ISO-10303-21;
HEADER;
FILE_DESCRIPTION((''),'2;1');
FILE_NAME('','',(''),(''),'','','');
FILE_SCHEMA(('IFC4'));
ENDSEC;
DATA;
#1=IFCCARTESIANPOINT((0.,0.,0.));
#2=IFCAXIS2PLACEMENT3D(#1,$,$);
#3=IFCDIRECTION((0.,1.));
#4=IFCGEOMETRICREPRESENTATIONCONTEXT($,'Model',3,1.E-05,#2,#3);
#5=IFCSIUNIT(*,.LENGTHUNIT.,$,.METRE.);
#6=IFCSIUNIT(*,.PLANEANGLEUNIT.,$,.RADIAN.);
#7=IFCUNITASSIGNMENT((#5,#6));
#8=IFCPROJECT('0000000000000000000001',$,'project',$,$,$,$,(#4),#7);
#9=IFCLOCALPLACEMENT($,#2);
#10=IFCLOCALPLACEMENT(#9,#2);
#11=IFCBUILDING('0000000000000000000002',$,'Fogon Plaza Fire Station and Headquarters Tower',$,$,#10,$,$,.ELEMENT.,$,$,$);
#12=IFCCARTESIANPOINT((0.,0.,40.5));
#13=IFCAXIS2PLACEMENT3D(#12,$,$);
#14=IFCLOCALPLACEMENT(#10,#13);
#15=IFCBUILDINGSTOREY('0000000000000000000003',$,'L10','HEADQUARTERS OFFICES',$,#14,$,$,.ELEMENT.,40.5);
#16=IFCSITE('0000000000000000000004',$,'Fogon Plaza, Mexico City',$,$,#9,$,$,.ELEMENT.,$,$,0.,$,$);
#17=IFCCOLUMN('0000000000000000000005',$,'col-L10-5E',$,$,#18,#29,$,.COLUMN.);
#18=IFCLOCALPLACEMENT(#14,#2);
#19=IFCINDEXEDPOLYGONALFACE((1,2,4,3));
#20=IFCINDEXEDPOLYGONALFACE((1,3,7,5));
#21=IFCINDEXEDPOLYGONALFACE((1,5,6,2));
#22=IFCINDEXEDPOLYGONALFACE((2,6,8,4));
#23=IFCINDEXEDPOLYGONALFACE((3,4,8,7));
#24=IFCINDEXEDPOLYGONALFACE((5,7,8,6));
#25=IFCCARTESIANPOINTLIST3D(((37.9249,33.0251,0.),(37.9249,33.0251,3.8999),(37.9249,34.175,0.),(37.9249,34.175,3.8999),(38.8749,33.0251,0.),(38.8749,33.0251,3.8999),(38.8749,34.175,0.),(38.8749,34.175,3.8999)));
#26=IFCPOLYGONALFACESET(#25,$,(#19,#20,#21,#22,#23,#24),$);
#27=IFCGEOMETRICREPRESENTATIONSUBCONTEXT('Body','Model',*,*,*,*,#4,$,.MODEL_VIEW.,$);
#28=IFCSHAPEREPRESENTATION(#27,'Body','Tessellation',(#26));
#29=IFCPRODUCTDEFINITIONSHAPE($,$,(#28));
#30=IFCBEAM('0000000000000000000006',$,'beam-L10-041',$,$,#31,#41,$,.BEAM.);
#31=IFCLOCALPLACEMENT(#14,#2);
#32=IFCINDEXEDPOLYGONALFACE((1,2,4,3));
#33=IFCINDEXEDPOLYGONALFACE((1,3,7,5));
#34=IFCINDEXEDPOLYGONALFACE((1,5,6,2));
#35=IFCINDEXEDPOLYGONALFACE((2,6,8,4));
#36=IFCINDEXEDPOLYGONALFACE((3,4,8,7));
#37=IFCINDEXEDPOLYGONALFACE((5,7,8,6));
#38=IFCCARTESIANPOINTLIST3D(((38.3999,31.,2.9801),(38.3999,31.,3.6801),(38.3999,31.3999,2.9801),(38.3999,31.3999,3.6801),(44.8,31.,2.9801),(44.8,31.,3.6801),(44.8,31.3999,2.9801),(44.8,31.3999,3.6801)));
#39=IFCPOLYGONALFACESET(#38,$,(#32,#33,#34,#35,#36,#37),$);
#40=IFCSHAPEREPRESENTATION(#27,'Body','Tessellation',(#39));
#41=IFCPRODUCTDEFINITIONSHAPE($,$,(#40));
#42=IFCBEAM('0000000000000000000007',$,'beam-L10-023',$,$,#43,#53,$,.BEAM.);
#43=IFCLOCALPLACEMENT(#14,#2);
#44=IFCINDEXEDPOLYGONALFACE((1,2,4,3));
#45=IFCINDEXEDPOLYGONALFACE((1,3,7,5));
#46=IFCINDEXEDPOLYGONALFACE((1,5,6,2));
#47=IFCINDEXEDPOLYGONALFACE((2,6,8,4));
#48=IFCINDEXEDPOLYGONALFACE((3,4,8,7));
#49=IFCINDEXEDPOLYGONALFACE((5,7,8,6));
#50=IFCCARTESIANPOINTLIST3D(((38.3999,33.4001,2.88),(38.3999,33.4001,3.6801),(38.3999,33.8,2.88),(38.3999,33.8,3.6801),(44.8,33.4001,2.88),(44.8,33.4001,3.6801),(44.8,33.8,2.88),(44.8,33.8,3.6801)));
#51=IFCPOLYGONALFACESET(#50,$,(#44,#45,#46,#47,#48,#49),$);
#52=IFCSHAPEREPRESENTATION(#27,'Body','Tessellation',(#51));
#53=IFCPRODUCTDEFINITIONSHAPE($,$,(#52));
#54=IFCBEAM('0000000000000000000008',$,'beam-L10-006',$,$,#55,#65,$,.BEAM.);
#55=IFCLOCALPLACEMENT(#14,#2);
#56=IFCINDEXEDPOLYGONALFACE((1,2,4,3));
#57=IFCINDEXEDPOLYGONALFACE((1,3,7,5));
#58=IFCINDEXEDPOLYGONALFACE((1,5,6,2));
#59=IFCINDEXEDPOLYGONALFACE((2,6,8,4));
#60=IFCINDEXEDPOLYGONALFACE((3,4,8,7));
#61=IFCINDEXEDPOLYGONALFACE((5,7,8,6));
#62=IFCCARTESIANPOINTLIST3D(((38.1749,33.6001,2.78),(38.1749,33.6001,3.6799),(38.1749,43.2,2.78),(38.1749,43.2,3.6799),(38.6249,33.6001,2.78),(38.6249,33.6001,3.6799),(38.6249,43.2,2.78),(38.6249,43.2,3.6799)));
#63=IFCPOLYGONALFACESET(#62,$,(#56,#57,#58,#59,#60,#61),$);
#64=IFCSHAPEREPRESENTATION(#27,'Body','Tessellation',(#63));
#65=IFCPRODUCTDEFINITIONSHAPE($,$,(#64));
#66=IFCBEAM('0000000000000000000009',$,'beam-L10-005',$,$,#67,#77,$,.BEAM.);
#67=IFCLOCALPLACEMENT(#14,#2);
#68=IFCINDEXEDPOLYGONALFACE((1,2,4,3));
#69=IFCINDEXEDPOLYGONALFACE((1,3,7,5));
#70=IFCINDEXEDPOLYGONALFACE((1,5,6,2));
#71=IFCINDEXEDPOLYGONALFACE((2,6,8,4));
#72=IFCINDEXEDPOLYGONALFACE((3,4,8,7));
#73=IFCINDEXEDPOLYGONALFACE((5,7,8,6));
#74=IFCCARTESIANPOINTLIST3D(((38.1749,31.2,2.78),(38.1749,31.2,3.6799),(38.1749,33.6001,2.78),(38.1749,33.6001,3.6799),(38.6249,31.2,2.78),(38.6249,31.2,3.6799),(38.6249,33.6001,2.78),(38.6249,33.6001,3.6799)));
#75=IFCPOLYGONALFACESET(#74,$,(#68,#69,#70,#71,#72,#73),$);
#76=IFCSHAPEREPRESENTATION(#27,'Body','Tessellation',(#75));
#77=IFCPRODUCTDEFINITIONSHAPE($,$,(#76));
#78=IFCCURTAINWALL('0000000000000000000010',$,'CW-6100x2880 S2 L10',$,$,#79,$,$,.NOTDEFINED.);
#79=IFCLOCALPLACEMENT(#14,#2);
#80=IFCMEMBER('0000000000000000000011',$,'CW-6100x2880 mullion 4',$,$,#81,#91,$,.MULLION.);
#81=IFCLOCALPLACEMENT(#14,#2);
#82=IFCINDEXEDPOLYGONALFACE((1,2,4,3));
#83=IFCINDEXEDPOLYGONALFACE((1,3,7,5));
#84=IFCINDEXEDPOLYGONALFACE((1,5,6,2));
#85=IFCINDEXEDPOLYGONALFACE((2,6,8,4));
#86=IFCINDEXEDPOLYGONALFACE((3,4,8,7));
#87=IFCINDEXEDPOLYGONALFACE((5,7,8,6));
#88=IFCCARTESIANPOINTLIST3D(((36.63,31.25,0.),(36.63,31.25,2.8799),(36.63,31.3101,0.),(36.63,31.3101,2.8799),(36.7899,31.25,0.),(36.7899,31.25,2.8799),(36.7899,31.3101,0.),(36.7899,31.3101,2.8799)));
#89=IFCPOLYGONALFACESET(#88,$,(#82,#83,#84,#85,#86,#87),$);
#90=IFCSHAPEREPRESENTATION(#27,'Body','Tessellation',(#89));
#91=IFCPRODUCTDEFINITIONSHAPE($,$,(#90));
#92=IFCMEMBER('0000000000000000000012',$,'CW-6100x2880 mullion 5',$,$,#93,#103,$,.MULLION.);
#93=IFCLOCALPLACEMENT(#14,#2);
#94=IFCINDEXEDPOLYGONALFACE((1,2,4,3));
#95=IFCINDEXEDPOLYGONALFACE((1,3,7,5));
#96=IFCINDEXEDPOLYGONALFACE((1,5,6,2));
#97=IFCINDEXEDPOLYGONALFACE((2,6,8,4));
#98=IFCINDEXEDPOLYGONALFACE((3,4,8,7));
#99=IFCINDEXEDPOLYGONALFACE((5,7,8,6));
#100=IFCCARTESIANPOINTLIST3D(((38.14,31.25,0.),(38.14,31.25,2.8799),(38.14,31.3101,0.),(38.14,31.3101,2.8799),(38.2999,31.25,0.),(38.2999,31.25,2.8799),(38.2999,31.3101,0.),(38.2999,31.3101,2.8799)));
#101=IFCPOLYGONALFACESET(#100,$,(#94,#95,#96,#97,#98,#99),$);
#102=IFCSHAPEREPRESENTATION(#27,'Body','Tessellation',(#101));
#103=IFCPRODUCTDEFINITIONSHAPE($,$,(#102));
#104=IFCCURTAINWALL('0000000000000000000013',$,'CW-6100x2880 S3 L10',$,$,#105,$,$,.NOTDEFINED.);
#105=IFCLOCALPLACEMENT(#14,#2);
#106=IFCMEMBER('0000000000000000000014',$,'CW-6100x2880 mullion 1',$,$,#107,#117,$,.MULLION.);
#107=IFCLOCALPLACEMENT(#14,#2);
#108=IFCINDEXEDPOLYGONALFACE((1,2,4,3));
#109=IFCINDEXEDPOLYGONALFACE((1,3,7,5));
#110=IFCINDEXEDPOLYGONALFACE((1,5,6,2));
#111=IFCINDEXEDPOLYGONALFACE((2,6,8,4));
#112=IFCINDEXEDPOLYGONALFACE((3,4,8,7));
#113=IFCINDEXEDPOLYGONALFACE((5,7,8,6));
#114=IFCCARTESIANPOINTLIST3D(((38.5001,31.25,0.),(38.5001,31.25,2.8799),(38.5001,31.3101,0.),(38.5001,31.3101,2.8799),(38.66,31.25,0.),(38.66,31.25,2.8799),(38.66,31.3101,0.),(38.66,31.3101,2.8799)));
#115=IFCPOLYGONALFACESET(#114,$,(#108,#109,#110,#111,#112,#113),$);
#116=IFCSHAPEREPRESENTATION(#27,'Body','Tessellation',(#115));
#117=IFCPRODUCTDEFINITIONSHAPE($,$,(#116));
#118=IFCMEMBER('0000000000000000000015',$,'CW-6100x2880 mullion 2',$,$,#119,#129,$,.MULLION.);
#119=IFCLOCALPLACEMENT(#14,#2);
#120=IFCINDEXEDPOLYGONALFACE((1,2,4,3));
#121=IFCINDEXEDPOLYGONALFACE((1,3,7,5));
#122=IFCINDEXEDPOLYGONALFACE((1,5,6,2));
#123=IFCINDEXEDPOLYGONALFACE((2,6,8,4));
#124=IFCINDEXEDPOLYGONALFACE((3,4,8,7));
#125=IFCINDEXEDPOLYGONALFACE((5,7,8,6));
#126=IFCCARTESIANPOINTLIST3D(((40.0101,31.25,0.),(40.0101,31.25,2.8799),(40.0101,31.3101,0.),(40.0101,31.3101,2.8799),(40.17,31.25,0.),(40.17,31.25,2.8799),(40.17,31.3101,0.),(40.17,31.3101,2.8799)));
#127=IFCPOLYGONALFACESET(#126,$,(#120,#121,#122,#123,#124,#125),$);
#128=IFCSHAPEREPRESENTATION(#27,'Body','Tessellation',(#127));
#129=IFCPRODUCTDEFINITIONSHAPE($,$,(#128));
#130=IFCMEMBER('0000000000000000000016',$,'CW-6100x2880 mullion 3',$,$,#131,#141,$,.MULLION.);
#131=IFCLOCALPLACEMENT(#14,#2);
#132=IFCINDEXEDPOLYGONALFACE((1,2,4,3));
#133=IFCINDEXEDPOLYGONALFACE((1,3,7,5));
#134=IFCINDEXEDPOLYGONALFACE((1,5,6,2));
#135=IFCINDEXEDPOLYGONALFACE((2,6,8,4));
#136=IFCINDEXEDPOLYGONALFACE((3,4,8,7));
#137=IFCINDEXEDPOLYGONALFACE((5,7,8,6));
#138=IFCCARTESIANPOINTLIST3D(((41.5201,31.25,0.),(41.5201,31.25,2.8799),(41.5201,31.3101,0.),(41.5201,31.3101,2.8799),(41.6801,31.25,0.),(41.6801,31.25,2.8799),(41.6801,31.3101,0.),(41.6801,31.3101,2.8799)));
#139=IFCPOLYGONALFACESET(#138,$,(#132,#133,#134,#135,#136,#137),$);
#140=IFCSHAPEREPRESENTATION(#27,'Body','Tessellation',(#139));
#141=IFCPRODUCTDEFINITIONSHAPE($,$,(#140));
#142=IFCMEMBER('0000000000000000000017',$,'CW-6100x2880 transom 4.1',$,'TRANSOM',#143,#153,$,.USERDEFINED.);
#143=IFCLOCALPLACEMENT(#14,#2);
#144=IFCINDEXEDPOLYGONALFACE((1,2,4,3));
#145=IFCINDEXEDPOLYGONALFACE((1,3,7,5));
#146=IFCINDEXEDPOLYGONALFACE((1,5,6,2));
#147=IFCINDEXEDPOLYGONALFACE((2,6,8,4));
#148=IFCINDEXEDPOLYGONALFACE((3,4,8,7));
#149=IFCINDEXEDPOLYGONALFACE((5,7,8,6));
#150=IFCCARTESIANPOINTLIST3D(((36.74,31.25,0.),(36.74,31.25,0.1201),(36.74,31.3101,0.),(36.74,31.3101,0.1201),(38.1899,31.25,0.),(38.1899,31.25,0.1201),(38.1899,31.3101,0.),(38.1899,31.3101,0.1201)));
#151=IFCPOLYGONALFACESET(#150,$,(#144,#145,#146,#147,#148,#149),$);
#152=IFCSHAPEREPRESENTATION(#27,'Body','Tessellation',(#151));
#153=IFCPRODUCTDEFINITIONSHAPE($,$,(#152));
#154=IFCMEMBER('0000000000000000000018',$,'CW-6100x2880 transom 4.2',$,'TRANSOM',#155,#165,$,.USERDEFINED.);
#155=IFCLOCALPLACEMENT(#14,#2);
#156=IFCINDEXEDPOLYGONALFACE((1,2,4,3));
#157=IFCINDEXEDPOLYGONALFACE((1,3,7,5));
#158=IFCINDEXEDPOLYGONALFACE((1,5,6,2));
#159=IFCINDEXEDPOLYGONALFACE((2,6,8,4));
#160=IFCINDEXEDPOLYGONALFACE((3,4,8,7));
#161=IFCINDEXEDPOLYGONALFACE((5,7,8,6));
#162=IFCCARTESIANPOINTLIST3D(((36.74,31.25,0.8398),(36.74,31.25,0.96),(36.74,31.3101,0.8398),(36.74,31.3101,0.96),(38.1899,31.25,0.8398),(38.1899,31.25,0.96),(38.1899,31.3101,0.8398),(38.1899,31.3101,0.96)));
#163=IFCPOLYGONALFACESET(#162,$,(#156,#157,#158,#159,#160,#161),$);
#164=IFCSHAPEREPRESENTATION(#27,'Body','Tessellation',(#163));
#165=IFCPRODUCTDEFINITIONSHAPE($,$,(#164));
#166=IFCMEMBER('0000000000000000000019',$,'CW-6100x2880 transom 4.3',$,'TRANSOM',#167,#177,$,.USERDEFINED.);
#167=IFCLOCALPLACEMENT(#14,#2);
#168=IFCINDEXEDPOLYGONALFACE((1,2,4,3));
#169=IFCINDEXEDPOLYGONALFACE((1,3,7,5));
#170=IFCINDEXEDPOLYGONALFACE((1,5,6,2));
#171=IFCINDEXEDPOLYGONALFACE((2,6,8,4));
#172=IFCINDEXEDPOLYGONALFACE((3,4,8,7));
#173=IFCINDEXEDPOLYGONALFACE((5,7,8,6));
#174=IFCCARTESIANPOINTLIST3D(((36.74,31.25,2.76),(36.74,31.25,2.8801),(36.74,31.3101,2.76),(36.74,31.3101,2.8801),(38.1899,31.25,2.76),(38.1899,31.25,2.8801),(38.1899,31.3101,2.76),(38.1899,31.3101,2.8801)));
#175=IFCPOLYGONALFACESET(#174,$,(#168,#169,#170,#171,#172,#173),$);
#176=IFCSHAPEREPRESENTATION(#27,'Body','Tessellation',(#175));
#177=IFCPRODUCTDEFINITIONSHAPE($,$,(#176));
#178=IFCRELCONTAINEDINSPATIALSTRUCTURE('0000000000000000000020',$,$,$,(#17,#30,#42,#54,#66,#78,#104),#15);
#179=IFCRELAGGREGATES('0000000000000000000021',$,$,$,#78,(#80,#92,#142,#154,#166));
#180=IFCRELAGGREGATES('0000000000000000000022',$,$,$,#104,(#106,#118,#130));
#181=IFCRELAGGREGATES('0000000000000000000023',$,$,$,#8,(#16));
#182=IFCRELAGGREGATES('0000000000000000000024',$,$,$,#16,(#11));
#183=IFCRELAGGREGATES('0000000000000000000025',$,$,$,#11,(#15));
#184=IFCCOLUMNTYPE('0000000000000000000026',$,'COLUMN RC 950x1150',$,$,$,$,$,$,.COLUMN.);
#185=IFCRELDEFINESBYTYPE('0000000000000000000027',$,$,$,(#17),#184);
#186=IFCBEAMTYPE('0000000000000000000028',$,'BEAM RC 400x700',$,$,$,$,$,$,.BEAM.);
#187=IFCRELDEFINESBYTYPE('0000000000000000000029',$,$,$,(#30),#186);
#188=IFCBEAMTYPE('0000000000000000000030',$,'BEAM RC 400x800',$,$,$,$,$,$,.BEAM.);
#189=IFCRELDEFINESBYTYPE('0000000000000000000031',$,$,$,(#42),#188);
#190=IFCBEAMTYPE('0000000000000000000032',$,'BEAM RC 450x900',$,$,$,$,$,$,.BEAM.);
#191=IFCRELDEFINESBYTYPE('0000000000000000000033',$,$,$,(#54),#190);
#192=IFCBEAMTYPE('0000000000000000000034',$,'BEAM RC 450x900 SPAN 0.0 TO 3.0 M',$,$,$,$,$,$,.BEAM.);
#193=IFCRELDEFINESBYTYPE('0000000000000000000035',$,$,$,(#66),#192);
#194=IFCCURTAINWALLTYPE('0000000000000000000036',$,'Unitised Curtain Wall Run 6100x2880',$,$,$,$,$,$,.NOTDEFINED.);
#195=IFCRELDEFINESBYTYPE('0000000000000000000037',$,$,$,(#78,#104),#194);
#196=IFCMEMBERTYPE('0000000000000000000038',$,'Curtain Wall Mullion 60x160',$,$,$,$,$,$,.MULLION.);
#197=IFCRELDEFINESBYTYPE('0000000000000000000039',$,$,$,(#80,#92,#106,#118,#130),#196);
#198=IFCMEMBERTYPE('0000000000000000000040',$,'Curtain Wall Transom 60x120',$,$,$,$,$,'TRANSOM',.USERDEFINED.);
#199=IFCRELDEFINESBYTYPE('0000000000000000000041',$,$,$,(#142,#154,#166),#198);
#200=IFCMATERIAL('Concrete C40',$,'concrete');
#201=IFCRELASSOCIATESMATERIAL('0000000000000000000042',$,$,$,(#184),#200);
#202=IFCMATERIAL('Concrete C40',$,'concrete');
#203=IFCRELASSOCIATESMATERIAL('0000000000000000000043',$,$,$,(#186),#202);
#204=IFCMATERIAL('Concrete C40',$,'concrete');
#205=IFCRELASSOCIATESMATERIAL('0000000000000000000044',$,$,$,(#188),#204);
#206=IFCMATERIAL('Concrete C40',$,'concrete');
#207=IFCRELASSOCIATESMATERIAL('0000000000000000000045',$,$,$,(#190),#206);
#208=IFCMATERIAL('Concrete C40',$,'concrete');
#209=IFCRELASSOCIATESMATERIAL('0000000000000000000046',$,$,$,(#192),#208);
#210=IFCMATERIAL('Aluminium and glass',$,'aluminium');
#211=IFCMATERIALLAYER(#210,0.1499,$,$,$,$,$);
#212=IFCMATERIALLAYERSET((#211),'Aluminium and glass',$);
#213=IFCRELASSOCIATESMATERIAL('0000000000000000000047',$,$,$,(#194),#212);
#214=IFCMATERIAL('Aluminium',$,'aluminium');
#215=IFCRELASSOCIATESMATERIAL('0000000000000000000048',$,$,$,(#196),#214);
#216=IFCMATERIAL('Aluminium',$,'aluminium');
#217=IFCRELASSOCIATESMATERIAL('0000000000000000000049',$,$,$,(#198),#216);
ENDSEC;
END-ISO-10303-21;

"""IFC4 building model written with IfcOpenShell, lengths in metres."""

from ifc_helpers import new_model, si_unit, direction, frame, origin, origin_2d, place, context, subcontext, project, spatial, rectangle, extrude, material, layer, layer_set, material_profile, profile_set, type_object, element, aggregate, save


model = new_model("IFC4")

# Units and contexts
model_context = context("Model", 3, precision=1e-05, world=origin(), true_north=direction((0.0, 1.0)))
body_context = subcontext(model_context, "Body", "Model", "MODEL_VIEW")
ifc_project = project(units=[si_unit("LENGTHUNIT", "METRE"), si_unit("PLANEANGLEUNIT", "RADIAN")], contexts=[model_context])

# Site, building, storey
site_placement = place(None, origin())
site = spatial("IfcSite", under=ifc_project, at=site_placement, Name="Fogon Plaza, Mexico City", CompositionType="ELEMENT", RefElevation=0.0)
building_placement = place(site_placement, origin())
building = spatial("IfcBuilding", under=site, at=building_placement, Name="Fogon Plaza Fire Station and Headquarters Tower", CompositionType="ELEMENT")
storey_placement = place(building_placement, frame((0.0, 0.0, 40.5)))
storey = spatial("IfcBuildingStorey", under=building, at=storey_placement, Name="L10", Description="HEADQUARTERS OFFICES", CompositionType="ELEMENT", Elevation=40.5)

# Column
ifc_material_1 = material(Name="Concrete C40", Category="concrete")
ifc_material_profile_1 = material_profile(ifc_material_1, rectangle(XDim=0.95, YDim=1.1499, at=origin_2d()), Name="RC 950x1150")
ifc_profile_set_1 = profile_set([ifc_material_profile_1], Name="Concrete C40")
column_type = type_object("IfcColumnType", Name="COLUMN RC 950x1150", PredefinedType="COLUMN", material=ifc_profile_set_1)
column_placement = place(storey_placement, frame((38.3999, 33.6001, 0.0), z_axis=(0.0, 0.0, 1.0), x_axis=(1.0, 0.0, 0.0)))
element("IfcColumn", 1, at=column_placement, inside=storey, type_object=column_type, Name="col-L10-5E", PredefinedType="COLUMN", context=body_context, shape_type="SweptSolid", body=[
    extrude(rectangle(XDim=0.95, YDim=1.1499, at=origin_2d()), origin(), (0.0, 0.0, 1.0), 3.8999),
])

# Beams
ifc_material_2 = material(Name="Concrete C40", Category="concrete")
ifc_material_profile_2 = material_profile(ifc_material_2, rectangle(XDim=0.3999, YDim=0.7, at=origin_2d()), Name="RC 400x700")
ifc_profile_set_2 = profile_set([ifc_material_profile_2], Name="Concrete C40")
beam_type_1 = type_object("IfcBeamType", Name="BEAM RC 400x700", PredefinedType="BEAM", material=ifc_profile_set_2)
beam_1_placement = place(storey_placement, frame((38.3999, 31.2, 3.3301), z_axis=(1.0, 0.0, 0.0), x_axis=(0.0, 1.0, 0.0)))
element("IfcBeam", 2, at=beam_1_placement, inside=storey, type_object=beam_type_1, Name="beam-L10-041", PredefinedType="BEAM", context=body_context, shape_type="SweptSolid", body=[
    extrude(rectangle(XDim=0.3999, YDim=0.7, at=origin_2d()), origin(), (0.0, 0.0, 1.0), 6.4001),
])
ifc_material_3 = material(Name="Concrete C40", Category="concrete")
ifc_material_profile_3 = material_profile(ifc_material_3, rectangle(XDim=0.3999, YDim=0.8, at=origin_2d()), Name="RC 400x800")
ifc_profile_set_3 = profile_set([ifc_material_profile_3], Name="Concrete C40")
beam_type_2 = type_object("IfcBeamType", Name="BEAM RC 400x800", PredefinedType="BEAM", material=ifc_profile_set_3)
beam_2_placement = place(storey_placement, frame((38.3999, 33.6001, 3.28), z_axis=(1.0, 0.0, 0.0), x_axis=(0.0, 1.0, 0.0)))
element("IfcBeam", 3, at=beam_2_placement, inside=storey, type_object=beam_type_2, Name="beam-L10-023", PredefinedType="BEAM", context=body_context, shape_type="SweptSolid", body=[
    extrude(rectangle(XDim=0.3999, YDim=0.8, at=origin_2d()), origin(), (0.0, 0.0, 1.0), 6.4001),
])
ifc_material_4 = material(Name="Concrete C40", Category="concrete")
ifc_material_profile_4 = material_profile(ifc_material_4, rectangle(XDim=0.45, YDim=0.8999, at=origin_2d()), Name="RC 450x900")
ifc_profile_set_4 = profile_set([ifc_material_profile_4], Name="Concrete C40")
beam_type_3 = type_object("IfcBeamType", Name="BEAM RC 450x900", PredefinedType="BEAM", material=ifc_profile_set_4)
beam_3_placement = place(storey_placement, frame((38.3999, 33.6001, 3.23), z_axis=(0.0, 1.0, 0.0), x_axis=(-1.0, 0.0, 0.0)))
element("IfcBeam", 4, at=beam_3_placement, inside=storey, type_object=beam_type_3, Name="beam-L10-006", PredefinedType="BEAM", context=body_context, shape_type="SweptSolid", body=[
    extrude(rectangle(XDim=0.45, YDim=0.8999, at=origin_2d()), origin(), (0.0, 0.0, 1.0), 9.5999),
])
ifc_material_5 = material(Name="Concrete C40", Category="concrete")
ifc_material_profile_5 = material_profile(ifc_material_5, rectangle(XDim=0.45, YDim=0.8999, at=origin_2d()), Name="RC 450x900")
ifc_profile_set_5 = profile_set([ifc_material_profile_5], Name="Concrete C40")
beam_type_4 = type_object("IfcBeamType", Name="BEAM RC 450x900 SPAN 0.0 TO 3.0 M", PredefinedType="BEAM", material=ifc_profile_set_5)
beam_4_placement = place(storey_placement, frame((38.3999, 31.2, 3.23), z_axis=(0.0, 1.0, 0.0), x_axis=(-1.0, 0.0, 0.0)))
element("IfcBeam", 5, at=beam_4_placement, inside=storey, type_object=beam_type_4, Name="beam-L10-005", PredefinedType="BEAM", context=body_context, shape_type="SweptSolid", body=[
    extrude(rectangle(XDim=0.45, YDim=0.8999, at=origin_2d()), origin(), (0.0, 0.0, 1.0), 2.4001),
])

# Curtain walls, members
ifc_material_6 = material(Name="Aluminium and glass", Category="aluminium")
ifc_layer_1 = layer(ifc_material_6, 0.1499)
ifc_layer_set_1 = layer_set([ifc_layer_1], Name="Aluminium and glass")
curtain_wall_type = type_object("IfcCurtainWallType", Name="Unitised Curtain Wall Run 6100x2880", PredefinedType="NOTDEFINED", material=ifc_layer_set_1)
curtain_wall_1_placement = place(storey_placement, origin())
curtain_wall_1 = element("IfcCurtainWall", 6, at=curtain_wall_1_placement, inside=storey, type_object=curtain_wall_type, Name="CW-6100x2880 S2 L10", PredefinedType="NOTDEFINED")
ifc_material_7 = material(Name="Aluminium", Category="aluminium")
ifc_material_profile_6 = material_profile(ifc_material_7, rectangle(XDim=0.0601, YDim=0.1599, at=origin_2d()), Name="Curtain Wall Mullion 60x160")
ifc_profile_set_6 = profile_set([ifc_material_profile_6], Name="Aluminium")
member_type_1 = type_object("IfcMemberType", Name="Curtain Wall Mullion 60x160", PredefinedType="MULLION", material=ifc_profile_set_6)
member_1_placement = place(storey_placement, frame((36.71, 31.28, 0.0), z_axis=(0.0, 0.0, 1.0), x_axis=(0.0, 1.0, 0.0)))
member_1 = element("IfcMember", 7, at=member_1_placement, type_object=member_type_1, Name="CW-6100x2880 mullion 4", PredefinedType="MULLION", context=body_context, shape_type="SweptSolid", body=[
    extrude(rectangle(XDim=0.0601, YDim=0.1599, at=origin_2d()), origin(), (0.0, 0.0, 1.0), 2.8799),
])
member_2_placement = place(storey_placement, frame((38.22, 31.28, 0.0), z_axis=(0.0, 0.0, 1.0), x_axis=(0.0, 1.0, 0.0)))
member_2 = element("IfcMember", 8, at=member_2_placement, type_object=member_type_1, Name="CW-6100x2880 mullion 5", PredefinedType="MULLION", context=body_context, shape_type="SweptSolid", body=[
    extrude(rectangle(XDim=0.0601, YDim=0.1599, at=origin_2d()), origin(), (0.0, 0.0, 1.0), 2.8799),
])
curtain_wall_2_placement = place(storey_placement, origin())
curtain_wall_2 = element("IfcCurtainWall", 9, at=curtain_wall_2_placement, inside=storey, type_object=curtain_wall_type, Name="CW-6100x2880 S3 L10", PredefinedType="NOTDEFINED")
member_3_placement = place(storey_placement, frame((38.5801, 31.28, 0.0), z_axis=(0.0, 0.0, 1.0), x_axis=(0.0, 1.0, 0.0)))
member_3 = element("IfcMember", 10, at=member_3_placement, type_object=member_type_1, Name="CW-6100x2880 mullion 1", PredefinedType="MULLION", context=body_context, shape_type="SweptSolid", body=[
    extrude(rectangle(XDim=0.0601, YDim=0.1599, at=origin_2d()), origin(), (0.0, 0.0, 1.0), 2.8799),
])
member_4_placement = place(storey_placement, frame((40.0901, 31.28, 0.0), z_axis=(0.0, 0.0, 1.0), x_axis=(0.0, 1.0, 0.0)))
member_4 = element("IfcMember", 11, at=member_4_placement, type_object=member_type_1, Name="CW-6100x2880 mullion 2", PredefinedType="MULLION", context=body_context, shape_type="SweptSolid", body=[
    extrude(rectangle(XDim=0.0601, YDim=0.1599, at=origin_2d()), origin(), (0.0, 0.0, 1.0), 2.8799),
])
member_5_placement = place(storey_placement, frame((41.6001, 31.28, 0.0), z_axis=(0.0, 0.0, 1.0), x_axis=(0.0, 1.0, 0.0)))
member_5 = element("IfcMember", 12, at=member_5_placement, type_object=member_type_1, Name="CW-6100x2880 mullion 3", PredefinedType="MULLION", context=body_context, shape_type="SweptSolid", body=[
    extrude(rectangle(XDim=0.0601, YDim=0.1599, at=origin_2d()), origin(), (0.0, 0.0, 1.0), 2.8799),
])

# Members
ifc_material_8 = material(Name="Aluminium", Category="aluminium")
ifc_material_profile_7 = material_profile(ifc_material_8, rectangle(XDim=0.0601, YDim=0.1201, at=origin_2d()), Name="Curtain Wall Transom 60x120")
ifc_profile_set_7 = profile_set([ifc_material_profile_7], Name="Aluminium")
member_type_2 = type_object("IfcMemberType", Name="Curtain Wall Transom 60x120", ElementType="TRANSOM", PredefinedType="USERDEFINED", material=ifc_profile_set_7)
member_6_placement = place(storey_placement, frame((36.74, 31.28, 0.0601), z_axis=(1.0, 0.0, 0.0), x_axis=(0.0, 1.0, 0.0)))
member_6 = element("IfcMember", 13, at=member_6_placement, type_object=member_type_2, Name="CW-6100x2880 transom 4.1", ObjectType="TRANSOM", PredefinedType="USERDEFINED", context=body_context, shape_type="SweptSolid", body=[
    extrude(rectangle(XDim=0.0601, YDim=0.1201, at=origin_2d()), origin(), (0.0, 0.0, 1.0), 1.45),
])
member_7_placement = place(storey_placement, frame((36.74, 31.28, 0.8999), z_axis=(1.0, 0.0, 0.0), x_axis=(0.0, 1.0, 0.0)))
member_7 = element("IfcMember", 14, at=member_7_placement, type_object=member_type_2, Name="CW-6100x2880 transom 4.2", ObjectType="TRANSOM", PredefinedType="USERDEFINED", context=body_context, shape_type="SweptSolid", body=[
    extrude(rectangle(XDim=0.0601, YDim=0.1201, at=origin_2d()), origin(), (0.0, 0.0, 1.0), 1.45),
])
member_8_placement = place(storey_placement, frame((36.74, 31.28, 2.8201), z_axis=(1.0, 0.0, 0.0), x_axis=(0.0, 1.0, 0.0)))
member_8 = element("IfcMember", 15, at=member_8_placement, type_object=member_type_2, Name="CW-6100x2880 transom 4.3", ObjectType="TRANSOM", PredefinedType="USERDEFINED", context=body_context, shape_type="SweptSolid", body=[
    extrude(rectangle(XDim=0.0601, YDim=0.1201, at=origin_2d()), origin(), (0.0, 0.0, 1.0), 1.45),
])

aggregate(curtain_wall_1, [member_1, member_2, member_6, member_7, member_8])
aggregate(curtain_wall_2, [member_3, member_4, member_5])

save(model, "model.ifc")
